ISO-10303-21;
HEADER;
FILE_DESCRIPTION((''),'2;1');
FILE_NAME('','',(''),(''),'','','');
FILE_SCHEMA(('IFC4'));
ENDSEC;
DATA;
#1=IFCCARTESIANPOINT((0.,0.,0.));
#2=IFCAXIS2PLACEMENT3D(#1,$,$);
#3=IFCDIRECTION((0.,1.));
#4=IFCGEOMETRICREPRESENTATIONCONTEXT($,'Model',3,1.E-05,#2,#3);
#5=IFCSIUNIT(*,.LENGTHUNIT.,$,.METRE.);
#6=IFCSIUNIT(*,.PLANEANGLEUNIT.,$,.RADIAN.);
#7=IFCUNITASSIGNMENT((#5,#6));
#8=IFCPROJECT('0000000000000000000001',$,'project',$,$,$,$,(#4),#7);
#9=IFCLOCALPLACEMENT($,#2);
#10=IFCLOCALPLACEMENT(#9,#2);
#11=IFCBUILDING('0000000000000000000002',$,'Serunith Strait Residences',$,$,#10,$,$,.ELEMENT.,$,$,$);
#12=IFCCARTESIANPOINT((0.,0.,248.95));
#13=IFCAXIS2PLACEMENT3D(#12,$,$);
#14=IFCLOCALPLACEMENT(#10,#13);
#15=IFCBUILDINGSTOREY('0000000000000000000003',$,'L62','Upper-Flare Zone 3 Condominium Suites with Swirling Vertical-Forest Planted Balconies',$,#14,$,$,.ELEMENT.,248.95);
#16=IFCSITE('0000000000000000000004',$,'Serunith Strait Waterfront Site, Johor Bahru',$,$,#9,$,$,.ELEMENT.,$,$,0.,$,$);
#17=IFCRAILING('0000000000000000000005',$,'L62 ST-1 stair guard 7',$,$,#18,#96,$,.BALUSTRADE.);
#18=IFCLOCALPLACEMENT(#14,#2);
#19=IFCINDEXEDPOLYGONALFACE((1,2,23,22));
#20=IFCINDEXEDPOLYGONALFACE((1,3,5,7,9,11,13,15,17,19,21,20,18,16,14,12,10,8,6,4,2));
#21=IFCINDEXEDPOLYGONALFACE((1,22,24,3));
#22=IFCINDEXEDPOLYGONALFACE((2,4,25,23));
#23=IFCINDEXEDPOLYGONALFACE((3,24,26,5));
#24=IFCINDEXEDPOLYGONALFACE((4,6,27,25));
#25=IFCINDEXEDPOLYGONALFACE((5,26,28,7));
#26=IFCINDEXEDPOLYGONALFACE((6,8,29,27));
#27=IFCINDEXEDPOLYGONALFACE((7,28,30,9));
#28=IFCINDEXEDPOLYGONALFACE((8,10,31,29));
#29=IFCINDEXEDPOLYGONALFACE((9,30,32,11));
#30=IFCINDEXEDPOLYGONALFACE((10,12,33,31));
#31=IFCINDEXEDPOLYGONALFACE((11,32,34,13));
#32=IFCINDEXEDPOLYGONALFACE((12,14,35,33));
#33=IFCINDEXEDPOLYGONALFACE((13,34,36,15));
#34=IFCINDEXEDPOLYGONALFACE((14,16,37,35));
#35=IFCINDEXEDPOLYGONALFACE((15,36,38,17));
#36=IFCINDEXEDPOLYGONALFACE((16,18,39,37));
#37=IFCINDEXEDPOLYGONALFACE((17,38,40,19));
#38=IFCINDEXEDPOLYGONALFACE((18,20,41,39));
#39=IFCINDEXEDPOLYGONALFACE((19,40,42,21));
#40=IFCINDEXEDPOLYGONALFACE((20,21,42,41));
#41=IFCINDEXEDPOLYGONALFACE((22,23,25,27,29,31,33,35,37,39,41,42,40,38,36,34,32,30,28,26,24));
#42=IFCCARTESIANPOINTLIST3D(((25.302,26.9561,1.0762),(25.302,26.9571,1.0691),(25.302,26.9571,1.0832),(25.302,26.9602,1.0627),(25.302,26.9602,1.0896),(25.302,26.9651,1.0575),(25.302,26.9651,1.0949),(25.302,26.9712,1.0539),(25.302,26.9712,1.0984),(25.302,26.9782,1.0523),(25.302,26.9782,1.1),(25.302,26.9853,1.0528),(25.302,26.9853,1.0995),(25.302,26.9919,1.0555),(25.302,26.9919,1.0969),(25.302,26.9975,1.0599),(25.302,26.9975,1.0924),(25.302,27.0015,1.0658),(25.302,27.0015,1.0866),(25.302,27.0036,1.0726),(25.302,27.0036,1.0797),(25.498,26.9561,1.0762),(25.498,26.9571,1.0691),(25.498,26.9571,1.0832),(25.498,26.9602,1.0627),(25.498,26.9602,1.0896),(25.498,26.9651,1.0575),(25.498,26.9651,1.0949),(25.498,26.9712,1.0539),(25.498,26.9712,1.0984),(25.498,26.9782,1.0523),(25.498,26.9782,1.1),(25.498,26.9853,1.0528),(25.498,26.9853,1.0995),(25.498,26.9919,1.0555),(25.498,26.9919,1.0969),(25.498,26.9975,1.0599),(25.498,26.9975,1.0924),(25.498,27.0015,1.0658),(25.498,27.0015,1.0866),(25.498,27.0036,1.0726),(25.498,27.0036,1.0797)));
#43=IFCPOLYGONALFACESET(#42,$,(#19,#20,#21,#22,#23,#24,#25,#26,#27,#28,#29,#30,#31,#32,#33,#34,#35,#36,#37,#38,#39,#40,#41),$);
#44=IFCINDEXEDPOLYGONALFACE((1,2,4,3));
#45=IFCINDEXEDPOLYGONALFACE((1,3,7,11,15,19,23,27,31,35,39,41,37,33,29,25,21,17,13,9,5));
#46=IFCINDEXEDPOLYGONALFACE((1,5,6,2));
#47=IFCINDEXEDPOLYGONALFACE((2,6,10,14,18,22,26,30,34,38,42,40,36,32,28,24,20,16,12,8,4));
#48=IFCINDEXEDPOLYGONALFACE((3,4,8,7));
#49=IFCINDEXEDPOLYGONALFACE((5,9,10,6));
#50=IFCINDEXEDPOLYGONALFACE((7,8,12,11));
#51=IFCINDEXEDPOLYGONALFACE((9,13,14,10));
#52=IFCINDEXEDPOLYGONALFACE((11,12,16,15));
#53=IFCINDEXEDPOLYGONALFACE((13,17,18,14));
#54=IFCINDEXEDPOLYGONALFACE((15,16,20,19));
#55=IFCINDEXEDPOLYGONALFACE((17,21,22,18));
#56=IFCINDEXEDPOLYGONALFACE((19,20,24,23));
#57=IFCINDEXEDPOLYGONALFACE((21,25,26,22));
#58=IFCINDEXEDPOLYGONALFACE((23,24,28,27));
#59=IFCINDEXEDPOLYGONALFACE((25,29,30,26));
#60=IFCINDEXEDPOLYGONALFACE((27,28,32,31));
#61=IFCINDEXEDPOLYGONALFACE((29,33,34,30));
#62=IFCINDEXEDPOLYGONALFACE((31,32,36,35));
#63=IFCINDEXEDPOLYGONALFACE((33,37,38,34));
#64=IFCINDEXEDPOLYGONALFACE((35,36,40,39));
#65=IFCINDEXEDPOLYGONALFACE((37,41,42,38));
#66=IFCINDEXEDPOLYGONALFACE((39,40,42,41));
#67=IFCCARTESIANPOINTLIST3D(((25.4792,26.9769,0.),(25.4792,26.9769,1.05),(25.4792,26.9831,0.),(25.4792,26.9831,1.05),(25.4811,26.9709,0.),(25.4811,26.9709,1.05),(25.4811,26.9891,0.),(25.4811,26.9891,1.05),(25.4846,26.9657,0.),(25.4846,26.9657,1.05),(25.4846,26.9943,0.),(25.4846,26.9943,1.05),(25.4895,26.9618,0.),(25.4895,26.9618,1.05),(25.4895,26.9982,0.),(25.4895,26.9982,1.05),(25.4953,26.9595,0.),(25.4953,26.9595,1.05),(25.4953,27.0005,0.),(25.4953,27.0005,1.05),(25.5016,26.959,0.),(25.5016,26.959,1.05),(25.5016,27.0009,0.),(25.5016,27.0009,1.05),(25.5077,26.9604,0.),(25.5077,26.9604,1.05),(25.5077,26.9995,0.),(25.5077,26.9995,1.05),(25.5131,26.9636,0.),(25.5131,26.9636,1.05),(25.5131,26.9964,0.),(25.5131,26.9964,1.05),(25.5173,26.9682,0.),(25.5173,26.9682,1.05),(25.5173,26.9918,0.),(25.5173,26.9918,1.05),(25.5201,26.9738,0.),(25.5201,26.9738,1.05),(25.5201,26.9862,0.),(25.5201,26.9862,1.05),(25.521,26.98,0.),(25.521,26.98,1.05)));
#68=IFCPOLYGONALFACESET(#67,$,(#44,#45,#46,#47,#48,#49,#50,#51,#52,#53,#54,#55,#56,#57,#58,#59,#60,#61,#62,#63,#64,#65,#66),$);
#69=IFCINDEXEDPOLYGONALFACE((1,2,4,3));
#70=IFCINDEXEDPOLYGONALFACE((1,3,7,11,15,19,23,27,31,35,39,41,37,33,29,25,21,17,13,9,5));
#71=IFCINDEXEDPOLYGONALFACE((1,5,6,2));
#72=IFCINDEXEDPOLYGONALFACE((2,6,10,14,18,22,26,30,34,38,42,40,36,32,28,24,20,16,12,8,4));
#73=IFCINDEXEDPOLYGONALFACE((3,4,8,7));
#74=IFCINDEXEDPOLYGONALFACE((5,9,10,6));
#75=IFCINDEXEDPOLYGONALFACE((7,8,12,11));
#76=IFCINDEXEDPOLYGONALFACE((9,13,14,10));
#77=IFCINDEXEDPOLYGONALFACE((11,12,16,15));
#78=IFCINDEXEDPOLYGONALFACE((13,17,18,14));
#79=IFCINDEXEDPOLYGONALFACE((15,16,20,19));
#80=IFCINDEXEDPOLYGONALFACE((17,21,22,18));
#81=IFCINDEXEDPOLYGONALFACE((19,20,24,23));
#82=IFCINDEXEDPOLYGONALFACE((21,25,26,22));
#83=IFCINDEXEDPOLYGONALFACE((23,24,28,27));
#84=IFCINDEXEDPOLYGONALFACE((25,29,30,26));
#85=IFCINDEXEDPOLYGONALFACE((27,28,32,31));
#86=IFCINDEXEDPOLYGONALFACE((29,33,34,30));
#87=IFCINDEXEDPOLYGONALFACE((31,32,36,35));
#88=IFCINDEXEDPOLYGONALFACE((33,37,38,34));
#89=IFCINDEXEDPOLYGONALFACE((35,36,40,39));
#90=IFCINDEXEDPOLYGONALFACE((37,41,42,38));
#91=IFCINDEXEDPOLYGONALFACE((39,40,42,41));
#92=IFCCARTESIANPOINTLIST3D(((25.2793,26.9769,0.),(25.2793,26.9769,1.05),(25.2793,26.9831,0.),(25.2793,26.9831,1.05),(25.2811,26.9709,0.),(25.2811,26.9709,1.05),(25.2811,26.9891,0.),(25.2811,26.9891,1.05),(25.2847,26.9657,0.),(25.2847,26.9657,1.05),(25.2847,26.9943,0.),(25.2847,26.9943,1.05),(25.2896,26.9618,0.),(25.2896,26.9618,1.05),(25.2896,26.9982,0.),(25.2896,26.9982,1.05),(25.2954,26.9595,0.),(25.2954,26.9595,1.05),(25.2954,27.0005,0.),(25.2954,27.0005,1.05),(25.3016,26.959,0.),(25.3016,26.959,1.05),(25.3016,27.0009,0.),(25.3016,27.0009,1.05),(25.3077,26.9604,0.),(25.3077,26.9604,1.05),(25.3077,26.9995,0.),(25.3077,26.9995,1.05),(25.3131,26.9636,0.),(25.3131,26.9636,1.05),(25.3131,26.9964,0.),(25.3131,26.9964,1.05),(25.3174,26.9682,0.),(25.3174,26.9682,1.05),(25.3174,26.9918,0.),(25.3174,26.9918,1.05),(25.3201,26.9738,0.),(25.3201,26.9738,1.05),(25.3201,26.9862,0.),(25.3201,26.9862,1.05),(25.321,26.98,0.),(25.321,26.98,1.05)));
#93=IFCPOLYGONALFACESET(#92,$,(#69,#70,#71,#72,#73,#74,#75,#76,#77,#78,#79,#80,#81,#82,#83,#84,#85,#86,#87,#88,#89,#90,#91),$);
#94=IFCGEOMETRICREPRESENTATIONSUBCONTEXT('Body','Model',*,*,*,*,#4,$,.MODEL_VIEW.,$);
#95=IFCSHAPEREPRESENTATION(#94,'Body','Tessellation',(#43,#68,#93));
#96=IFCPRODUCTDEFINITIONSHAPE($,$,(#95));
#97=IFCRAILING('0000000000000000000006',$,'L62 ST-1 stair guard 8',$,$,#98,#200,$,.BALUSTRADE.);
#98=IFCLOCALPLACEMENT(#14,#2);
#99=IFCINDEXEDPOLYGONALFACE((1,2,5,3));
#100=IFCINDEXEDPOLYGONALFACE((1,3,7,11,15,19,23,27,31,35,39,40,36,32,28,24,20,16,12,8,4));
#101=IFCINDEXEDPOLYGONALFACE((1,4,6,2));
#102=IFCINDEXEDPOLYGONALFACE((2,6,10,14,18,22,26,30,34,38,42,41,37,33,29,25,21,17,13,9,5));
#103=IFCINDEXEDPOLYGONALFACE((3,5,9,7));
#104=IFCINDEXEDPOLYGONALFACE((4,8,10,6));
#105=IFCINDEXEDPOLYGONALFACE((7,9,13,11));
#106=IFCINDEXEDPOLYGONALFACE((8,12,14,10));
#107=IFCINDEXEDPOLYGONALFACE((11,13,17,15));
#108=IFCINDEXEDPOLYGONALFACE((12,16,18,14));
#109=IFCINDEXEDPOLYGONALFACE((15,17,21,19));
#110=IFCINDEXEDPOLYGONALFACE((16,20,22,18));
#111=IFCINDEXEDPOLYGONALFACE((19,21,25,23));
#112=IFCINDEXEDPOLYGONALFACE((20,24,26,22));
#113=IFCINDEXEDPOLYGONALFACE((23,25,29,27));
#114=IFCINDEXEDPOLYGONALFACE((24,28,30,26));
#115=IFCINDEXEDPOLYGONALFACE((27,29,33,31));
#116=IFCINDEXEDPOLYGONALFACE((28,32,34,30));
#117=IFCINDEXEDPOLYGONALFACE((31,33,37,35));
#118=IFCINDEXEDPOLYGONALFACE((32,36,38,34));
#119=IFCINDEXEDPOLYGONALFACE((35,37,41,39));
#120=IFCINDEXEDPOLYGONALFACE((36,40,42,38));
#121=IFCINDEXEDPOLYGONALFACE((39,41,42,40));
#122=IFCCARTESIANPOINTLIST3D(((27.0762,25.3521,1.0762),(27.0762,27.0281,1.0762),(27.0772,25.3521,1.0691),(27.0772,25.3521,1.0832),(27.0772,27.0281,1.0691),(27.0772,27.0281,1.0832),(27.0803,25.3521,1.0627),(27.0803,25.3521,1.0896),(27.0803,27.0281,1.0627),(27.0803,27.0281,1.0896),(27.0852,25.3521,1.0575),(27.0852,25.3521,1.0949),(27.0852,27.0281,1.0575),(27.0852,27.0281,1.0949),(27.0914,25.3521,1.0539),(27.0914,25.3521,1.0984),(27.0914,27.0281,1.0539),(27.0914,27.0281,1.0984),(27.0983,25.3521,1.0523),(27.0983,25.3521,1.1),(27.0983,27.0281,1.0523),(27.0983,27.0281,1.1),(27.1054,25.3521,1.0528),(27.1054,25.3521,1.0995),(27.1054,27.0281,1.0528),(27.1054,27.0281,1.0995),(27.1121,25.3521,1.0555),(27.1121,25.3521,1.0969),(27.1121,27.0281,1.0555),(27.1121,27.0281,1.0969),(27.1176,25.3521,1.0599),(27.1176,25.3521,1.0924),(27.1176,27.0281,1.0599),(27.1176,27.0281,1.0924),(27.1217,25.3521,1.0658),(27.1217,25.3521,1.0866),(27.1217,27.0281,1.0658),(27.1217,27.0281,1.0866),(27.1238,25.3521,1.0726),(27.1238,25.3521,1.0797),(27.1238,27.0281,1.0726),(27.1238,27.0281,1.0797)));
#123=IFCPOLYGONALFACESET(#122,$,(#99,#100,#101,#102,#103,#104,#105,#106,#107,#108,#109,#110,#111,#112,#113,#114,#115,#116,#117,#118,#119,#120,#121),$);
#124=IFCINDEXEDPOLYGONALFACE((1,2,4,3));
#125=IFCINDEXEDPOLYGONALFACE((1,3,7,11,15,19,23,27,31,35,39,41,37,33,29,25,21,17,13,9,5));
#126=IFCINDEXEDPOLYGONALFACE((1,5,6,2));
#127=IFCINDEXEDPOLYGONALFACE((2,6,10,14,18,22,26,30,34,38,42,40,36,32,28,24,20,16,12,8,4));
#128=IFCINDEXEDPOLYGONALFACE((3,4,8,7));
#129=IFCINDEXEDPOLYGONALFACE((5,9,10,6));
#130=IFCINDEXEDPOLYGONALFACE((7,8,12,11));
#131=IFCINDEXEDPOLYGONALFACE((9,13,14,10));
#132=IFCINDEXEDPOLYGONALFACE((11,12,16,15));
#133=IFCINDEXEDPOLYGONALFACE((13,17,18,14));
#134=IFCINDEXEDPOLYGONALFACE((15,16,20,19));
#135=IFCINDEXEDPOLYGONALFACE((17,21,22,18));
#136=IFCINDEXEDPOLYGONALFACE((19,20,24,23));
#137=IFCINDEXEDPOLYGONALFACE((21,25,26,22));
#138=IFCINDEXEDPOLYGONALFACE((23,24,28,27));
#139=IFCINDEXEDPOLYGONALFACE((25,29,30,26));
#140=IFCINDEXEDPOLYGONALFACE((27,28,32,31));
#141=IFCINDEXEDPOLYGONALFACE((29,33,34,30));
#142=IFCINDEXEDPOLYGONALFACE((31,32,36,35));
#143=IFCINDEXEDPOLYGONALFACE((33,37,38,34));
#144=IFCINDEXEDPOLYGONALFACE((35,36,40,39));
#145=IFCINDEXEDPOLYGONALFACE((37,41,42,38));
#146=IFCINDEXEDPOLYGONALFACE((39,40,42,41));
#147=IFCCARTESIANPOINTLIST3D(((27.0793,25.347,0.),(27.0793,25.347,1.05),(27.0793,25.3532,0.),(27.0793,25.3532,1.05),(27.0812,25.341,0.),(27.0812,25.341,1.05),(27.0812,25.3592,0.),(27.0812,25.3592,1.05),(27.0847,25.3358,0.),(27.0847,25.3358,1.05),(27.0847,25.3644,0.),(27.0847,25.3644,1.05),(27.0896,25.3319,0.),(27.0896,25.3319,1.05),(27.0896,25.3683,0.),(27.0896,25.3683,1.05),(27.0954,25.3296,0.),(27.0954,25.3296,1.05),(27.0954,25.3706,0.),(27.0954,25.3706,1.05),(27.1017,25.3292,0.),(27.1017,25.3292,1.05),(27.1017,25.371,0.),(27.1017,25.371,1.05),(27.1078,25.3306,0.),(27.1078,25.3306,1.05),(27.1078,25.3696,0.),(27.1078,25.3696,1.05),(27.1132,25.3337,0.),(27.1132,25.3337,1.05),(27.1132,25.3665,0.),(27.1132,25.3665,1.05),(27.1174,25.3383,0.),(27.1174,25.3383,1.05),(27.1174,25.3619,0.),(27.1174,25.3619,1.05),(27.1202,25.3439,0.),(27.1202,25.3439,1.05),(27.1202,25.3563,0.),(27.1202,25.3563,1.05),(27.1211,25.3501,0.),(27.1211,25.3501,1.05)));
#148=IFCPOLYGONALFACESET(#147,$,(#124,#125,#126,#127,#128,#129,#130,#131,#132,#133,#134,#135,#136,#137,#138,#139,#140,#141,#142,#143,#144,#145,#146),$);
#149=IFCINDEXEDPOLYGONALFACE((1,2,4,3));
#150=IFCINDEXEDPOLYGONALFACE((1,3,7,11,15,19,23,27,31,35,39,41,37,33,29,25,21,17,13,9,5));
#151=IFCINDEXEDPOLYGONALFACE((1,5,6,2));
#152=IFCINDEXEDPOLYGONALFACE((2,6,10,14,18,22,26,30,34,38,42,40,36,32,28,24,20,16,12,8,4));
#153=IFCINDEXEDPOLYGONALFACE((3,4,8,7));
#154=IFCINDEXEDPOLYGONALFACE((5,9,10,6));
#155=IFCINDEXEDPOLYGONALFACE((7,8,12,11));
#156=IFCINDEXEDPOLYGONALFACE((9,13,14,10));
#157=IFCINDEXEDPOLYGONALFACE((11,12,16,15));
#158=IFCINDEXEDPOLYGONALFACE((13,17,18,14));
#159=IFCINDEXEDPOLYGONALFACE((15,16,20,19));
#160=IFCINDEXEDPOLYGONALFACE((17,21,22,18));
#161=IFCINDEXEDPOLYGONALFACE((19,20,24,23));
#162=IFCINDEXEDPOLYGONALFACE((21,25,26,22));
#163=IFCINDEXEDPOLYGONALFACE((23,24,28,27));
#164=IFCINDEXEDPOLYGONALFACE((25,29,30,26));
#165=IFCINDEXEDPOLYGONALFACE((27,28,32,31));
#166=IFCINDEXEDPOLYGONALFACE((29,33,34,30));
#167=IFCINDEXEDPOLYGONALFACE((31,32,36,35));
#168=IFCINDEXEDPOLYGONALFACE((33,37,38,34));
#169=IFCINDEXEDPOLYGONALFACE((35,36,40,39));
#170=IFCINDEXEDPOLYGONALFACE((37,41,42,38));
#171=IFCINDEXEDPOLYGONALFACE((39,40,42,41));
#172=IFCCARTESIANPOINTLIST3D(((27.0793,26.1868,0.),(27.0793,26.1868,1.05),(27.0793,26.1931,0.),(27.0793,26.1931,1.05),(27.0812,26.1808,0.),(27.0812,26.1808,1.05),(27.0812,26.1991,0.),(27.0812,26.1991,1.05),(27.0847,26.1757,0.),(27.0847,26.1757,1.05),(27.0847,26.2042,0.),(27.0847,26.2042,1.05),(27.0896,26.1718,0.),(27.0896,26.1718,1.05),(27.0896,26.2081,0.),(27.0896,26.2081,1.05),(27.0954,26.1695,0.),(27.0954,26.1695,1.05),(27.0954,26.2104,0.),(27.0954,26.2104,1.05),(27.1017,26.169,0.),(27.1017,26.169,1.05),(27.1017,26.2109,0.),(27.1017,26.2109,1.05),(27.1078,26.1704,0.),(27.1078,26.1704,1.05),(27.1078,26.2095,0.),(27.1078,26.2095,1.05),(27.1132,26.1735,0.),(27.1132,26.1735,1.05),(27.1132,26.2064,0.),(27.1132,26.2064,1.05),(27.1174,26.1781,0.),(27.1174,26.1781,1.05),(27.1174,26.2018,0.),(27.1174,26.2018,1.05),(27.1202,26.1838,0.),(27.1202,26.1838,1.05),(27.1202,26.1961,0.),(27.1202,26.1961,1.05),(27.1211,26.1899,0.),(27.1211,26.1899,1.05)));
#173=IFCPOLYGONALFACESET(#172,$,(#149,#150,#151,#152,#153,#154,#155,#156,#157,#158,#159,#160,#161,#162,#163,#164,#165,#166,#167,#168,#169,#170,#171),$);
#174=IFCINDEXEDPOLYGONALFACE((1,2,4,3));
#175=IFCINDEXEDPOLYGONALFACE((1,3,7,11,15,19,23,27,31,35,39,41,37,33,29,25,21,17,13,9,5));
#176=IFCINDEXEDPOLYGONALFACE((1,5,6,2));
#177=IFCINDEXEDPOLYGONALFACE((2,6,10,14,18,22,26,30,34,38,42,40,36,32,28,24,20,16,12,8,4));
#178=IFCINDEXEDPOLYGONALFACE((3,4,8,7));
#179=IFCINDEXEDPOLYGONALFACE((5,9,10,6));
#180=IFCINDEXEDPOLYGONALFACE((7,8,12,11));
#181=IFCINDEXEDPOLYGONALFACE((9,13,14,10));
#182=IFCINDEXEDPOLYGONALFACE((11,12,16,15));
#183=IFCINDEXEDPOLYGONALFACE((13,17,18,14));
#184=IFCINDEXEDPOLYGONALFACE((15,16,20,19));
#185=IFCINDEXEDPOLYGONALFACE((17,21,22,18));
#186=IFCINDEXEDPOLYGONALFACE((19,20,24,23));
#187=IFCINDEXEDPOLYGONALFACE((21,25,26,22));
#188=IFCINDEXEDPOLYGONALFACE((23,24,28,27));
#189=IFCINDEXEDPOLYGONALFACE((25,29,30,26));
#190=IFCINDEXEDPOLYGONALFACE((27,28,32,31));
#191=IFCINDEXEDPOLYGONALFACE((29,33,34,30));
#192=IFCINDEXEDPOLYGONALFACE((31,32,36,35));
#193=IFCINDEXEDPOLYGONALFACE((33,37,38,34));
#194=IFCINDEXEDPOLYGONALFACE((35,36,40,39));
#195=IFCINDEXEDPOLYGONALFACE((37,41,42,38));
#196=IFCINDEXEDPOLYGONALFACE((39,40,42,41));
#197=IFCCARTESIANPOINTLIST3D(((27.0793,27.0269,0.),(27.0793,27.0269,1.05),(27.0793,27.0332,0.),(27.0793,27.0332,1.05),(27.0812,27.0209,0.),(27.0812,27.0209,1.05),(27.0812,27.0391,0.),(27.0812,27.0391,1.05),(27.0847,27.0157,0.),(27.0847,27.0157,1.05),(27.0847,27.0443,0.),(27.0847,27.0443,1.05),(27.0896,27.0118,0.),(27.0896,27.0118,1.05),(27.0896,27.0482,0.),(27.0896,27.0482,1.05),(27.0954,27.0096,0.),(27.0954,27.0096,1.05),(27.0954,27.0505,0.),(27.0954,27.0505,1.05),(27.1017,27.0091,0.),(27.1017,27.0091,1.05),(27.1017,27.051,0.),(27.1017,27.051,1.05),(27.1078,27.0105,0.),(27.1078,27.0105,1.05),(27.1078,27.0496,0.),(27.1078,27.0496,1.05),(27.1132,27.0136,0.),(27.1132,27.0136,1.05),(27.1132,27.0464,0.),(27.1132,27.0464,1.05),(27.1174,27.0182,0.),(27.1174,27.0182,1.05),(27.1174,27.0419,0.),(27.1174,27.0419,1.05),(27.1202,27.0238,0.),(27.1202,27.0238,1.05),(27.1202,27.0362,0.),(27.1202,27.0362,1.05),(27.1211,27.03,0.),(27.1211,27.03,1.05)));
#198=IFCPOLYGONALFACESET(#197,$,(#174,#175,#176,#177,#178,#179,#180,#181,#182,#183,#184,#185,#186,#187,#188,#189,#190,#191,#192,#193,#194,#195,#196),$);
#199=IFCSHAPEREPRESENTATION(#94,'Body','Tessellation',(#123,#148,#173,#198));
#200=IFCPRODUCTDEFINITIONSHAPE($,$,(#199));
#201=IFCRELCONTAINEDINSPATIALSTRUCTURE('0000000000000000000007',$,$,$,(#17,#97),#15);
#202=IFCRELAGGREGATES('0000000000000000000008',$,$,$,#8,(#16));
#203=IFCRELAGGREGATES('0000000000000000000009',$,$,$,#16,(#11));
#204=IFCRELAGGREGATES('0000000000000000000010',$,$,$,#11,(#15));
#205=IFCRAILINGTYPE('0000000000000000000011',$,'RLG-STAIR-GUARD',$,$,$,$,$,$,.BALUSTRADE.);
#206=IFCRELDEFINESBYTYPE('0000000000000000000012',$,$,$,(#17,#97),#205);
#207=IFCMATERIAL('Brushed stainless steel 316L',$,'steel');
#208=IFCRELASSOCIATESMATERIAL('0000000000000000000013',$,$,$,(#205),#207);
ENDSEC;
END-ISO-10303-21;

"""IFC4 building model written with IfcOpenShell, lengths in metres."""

from ifc_helpers import new_model, si_unit, direction, frame, origin, origin_2d, place, context, subcontext, project, spatial, circle, extrude, material, type_object, element, save


model = new_model("IFC4")

# Units and contexts
model_context = context("Model", 3, precision=1e-05, world=origin(), true_north=direction((0.0, 1.0)))
body_context = subcontext(model_context, "Body", "Model", "MODEL_VIEW")
ifc_project = project(units=[si_unit("LENGTHUNIT", "METRE"), si_unit("PLANEANGLEUNIT", "RADIAN")], contexts=[model_context])

# Site, building, storey
site_placement = place(None, origin())
site = spatial("IfcSite", under=ifc_project, at=site_placement, Name="Serunith Strait Waterfront Site, Johor Bahru", CompositionType="ELEMENT", RefElevation=0.0)
building_placement = place(site_placement, origin())
building = spatial("IfcBuilding", under=site, at=building_placement, Name="Serunith Strait Residences", CompositionType="ELEMENT")
storey_placement = place(building_placement, frame((0.0, 0.0, 248.95)))
storey = spatial("IfcBuildingStorey", under=building, at=storey_placement, Name="L62", Description="Upper-Flare Zone 3 Condominium Suites with Swirling Vertical-Forest Planted Balconies", CompositionType="ELEMENT", Elevation=248.95)

# Railings
ifc_material_1 = material(Name="Brushed stainless steel 316L", Category="steel")
railing_type_1 = type_object("IfcRailingType", Name="RLG-STAIR-GUARD", PredefinedType="BALUSTRADE", material=ifc_material_1)
railing_1_placement = place(storey_placement, frame((25.5, 26.98, 0.0)))
element("IfcRailing", 1, at=railing_1_placement, inside=storey, type_object=railing_type_1, Name="L62 ST-1 stair guard 7", PredefinedType="BALUSTRADE", context=body_context, shape_type="SweptSolid", body=[
    extrude(circle(Radius=0.0239, at=origin_2d()), frame((-0.002, 0.0, 1.0762), z_axis=(-1.0, 0.0, 0.0), x_axis=(0.0, -1.0, 0.0)), (0.0, 0.0, 1.0), 0.196),
    extrude(circle(Radius=0.021, at=origin_2d()), origin(), (0.0, 0.0, 1.0), 1.05),
    extrude(circle(Radius=0.021, at=origin_2d()), frame((-0.2, 0.0, 0.0)), (0.0, 0.0, 1.0), 1.05),
])
for number, where, name in (
    (2, (27.1001, 25.3501, 0.0), "L62 ST-1 stair guard 8"),
):
    element("IfcRailing", number, at=place(storey_placement, frame(where)), inside=storey, type_object=railing_type_1, Name=name, PredefinedType="BALUSTRADE", context=body_context, shape_type="SweptSolid", body=[
        extrude(circle(Radius=0.0239, at=origin_2d()), frame((0.0, 0.002, 1.0762), z_axis=(0.0, 1.0, 0.0), x_axis=(-1.0, 0.0, 0.0)), (0.0, 0.0, 1.0), 1.676),
        extrude(circle(Radius=0.021, at=origin_2d()), origin(), (0.0, 0.0, 1.0), 1.05),
        extrude(circle(Radius=0.021, at=origin_2d()), frame((0.0, 0.8398, 0.0)), (0.0, 0.0, 1.0), 1.05),
        extrude(circle(Radius=0.021, at=origin_2d()), frame((0.0, 1.6799, 0.0)), (0.0, 0.0, 1.0), 1.05),
    ])

save(model, "model.ifc")
